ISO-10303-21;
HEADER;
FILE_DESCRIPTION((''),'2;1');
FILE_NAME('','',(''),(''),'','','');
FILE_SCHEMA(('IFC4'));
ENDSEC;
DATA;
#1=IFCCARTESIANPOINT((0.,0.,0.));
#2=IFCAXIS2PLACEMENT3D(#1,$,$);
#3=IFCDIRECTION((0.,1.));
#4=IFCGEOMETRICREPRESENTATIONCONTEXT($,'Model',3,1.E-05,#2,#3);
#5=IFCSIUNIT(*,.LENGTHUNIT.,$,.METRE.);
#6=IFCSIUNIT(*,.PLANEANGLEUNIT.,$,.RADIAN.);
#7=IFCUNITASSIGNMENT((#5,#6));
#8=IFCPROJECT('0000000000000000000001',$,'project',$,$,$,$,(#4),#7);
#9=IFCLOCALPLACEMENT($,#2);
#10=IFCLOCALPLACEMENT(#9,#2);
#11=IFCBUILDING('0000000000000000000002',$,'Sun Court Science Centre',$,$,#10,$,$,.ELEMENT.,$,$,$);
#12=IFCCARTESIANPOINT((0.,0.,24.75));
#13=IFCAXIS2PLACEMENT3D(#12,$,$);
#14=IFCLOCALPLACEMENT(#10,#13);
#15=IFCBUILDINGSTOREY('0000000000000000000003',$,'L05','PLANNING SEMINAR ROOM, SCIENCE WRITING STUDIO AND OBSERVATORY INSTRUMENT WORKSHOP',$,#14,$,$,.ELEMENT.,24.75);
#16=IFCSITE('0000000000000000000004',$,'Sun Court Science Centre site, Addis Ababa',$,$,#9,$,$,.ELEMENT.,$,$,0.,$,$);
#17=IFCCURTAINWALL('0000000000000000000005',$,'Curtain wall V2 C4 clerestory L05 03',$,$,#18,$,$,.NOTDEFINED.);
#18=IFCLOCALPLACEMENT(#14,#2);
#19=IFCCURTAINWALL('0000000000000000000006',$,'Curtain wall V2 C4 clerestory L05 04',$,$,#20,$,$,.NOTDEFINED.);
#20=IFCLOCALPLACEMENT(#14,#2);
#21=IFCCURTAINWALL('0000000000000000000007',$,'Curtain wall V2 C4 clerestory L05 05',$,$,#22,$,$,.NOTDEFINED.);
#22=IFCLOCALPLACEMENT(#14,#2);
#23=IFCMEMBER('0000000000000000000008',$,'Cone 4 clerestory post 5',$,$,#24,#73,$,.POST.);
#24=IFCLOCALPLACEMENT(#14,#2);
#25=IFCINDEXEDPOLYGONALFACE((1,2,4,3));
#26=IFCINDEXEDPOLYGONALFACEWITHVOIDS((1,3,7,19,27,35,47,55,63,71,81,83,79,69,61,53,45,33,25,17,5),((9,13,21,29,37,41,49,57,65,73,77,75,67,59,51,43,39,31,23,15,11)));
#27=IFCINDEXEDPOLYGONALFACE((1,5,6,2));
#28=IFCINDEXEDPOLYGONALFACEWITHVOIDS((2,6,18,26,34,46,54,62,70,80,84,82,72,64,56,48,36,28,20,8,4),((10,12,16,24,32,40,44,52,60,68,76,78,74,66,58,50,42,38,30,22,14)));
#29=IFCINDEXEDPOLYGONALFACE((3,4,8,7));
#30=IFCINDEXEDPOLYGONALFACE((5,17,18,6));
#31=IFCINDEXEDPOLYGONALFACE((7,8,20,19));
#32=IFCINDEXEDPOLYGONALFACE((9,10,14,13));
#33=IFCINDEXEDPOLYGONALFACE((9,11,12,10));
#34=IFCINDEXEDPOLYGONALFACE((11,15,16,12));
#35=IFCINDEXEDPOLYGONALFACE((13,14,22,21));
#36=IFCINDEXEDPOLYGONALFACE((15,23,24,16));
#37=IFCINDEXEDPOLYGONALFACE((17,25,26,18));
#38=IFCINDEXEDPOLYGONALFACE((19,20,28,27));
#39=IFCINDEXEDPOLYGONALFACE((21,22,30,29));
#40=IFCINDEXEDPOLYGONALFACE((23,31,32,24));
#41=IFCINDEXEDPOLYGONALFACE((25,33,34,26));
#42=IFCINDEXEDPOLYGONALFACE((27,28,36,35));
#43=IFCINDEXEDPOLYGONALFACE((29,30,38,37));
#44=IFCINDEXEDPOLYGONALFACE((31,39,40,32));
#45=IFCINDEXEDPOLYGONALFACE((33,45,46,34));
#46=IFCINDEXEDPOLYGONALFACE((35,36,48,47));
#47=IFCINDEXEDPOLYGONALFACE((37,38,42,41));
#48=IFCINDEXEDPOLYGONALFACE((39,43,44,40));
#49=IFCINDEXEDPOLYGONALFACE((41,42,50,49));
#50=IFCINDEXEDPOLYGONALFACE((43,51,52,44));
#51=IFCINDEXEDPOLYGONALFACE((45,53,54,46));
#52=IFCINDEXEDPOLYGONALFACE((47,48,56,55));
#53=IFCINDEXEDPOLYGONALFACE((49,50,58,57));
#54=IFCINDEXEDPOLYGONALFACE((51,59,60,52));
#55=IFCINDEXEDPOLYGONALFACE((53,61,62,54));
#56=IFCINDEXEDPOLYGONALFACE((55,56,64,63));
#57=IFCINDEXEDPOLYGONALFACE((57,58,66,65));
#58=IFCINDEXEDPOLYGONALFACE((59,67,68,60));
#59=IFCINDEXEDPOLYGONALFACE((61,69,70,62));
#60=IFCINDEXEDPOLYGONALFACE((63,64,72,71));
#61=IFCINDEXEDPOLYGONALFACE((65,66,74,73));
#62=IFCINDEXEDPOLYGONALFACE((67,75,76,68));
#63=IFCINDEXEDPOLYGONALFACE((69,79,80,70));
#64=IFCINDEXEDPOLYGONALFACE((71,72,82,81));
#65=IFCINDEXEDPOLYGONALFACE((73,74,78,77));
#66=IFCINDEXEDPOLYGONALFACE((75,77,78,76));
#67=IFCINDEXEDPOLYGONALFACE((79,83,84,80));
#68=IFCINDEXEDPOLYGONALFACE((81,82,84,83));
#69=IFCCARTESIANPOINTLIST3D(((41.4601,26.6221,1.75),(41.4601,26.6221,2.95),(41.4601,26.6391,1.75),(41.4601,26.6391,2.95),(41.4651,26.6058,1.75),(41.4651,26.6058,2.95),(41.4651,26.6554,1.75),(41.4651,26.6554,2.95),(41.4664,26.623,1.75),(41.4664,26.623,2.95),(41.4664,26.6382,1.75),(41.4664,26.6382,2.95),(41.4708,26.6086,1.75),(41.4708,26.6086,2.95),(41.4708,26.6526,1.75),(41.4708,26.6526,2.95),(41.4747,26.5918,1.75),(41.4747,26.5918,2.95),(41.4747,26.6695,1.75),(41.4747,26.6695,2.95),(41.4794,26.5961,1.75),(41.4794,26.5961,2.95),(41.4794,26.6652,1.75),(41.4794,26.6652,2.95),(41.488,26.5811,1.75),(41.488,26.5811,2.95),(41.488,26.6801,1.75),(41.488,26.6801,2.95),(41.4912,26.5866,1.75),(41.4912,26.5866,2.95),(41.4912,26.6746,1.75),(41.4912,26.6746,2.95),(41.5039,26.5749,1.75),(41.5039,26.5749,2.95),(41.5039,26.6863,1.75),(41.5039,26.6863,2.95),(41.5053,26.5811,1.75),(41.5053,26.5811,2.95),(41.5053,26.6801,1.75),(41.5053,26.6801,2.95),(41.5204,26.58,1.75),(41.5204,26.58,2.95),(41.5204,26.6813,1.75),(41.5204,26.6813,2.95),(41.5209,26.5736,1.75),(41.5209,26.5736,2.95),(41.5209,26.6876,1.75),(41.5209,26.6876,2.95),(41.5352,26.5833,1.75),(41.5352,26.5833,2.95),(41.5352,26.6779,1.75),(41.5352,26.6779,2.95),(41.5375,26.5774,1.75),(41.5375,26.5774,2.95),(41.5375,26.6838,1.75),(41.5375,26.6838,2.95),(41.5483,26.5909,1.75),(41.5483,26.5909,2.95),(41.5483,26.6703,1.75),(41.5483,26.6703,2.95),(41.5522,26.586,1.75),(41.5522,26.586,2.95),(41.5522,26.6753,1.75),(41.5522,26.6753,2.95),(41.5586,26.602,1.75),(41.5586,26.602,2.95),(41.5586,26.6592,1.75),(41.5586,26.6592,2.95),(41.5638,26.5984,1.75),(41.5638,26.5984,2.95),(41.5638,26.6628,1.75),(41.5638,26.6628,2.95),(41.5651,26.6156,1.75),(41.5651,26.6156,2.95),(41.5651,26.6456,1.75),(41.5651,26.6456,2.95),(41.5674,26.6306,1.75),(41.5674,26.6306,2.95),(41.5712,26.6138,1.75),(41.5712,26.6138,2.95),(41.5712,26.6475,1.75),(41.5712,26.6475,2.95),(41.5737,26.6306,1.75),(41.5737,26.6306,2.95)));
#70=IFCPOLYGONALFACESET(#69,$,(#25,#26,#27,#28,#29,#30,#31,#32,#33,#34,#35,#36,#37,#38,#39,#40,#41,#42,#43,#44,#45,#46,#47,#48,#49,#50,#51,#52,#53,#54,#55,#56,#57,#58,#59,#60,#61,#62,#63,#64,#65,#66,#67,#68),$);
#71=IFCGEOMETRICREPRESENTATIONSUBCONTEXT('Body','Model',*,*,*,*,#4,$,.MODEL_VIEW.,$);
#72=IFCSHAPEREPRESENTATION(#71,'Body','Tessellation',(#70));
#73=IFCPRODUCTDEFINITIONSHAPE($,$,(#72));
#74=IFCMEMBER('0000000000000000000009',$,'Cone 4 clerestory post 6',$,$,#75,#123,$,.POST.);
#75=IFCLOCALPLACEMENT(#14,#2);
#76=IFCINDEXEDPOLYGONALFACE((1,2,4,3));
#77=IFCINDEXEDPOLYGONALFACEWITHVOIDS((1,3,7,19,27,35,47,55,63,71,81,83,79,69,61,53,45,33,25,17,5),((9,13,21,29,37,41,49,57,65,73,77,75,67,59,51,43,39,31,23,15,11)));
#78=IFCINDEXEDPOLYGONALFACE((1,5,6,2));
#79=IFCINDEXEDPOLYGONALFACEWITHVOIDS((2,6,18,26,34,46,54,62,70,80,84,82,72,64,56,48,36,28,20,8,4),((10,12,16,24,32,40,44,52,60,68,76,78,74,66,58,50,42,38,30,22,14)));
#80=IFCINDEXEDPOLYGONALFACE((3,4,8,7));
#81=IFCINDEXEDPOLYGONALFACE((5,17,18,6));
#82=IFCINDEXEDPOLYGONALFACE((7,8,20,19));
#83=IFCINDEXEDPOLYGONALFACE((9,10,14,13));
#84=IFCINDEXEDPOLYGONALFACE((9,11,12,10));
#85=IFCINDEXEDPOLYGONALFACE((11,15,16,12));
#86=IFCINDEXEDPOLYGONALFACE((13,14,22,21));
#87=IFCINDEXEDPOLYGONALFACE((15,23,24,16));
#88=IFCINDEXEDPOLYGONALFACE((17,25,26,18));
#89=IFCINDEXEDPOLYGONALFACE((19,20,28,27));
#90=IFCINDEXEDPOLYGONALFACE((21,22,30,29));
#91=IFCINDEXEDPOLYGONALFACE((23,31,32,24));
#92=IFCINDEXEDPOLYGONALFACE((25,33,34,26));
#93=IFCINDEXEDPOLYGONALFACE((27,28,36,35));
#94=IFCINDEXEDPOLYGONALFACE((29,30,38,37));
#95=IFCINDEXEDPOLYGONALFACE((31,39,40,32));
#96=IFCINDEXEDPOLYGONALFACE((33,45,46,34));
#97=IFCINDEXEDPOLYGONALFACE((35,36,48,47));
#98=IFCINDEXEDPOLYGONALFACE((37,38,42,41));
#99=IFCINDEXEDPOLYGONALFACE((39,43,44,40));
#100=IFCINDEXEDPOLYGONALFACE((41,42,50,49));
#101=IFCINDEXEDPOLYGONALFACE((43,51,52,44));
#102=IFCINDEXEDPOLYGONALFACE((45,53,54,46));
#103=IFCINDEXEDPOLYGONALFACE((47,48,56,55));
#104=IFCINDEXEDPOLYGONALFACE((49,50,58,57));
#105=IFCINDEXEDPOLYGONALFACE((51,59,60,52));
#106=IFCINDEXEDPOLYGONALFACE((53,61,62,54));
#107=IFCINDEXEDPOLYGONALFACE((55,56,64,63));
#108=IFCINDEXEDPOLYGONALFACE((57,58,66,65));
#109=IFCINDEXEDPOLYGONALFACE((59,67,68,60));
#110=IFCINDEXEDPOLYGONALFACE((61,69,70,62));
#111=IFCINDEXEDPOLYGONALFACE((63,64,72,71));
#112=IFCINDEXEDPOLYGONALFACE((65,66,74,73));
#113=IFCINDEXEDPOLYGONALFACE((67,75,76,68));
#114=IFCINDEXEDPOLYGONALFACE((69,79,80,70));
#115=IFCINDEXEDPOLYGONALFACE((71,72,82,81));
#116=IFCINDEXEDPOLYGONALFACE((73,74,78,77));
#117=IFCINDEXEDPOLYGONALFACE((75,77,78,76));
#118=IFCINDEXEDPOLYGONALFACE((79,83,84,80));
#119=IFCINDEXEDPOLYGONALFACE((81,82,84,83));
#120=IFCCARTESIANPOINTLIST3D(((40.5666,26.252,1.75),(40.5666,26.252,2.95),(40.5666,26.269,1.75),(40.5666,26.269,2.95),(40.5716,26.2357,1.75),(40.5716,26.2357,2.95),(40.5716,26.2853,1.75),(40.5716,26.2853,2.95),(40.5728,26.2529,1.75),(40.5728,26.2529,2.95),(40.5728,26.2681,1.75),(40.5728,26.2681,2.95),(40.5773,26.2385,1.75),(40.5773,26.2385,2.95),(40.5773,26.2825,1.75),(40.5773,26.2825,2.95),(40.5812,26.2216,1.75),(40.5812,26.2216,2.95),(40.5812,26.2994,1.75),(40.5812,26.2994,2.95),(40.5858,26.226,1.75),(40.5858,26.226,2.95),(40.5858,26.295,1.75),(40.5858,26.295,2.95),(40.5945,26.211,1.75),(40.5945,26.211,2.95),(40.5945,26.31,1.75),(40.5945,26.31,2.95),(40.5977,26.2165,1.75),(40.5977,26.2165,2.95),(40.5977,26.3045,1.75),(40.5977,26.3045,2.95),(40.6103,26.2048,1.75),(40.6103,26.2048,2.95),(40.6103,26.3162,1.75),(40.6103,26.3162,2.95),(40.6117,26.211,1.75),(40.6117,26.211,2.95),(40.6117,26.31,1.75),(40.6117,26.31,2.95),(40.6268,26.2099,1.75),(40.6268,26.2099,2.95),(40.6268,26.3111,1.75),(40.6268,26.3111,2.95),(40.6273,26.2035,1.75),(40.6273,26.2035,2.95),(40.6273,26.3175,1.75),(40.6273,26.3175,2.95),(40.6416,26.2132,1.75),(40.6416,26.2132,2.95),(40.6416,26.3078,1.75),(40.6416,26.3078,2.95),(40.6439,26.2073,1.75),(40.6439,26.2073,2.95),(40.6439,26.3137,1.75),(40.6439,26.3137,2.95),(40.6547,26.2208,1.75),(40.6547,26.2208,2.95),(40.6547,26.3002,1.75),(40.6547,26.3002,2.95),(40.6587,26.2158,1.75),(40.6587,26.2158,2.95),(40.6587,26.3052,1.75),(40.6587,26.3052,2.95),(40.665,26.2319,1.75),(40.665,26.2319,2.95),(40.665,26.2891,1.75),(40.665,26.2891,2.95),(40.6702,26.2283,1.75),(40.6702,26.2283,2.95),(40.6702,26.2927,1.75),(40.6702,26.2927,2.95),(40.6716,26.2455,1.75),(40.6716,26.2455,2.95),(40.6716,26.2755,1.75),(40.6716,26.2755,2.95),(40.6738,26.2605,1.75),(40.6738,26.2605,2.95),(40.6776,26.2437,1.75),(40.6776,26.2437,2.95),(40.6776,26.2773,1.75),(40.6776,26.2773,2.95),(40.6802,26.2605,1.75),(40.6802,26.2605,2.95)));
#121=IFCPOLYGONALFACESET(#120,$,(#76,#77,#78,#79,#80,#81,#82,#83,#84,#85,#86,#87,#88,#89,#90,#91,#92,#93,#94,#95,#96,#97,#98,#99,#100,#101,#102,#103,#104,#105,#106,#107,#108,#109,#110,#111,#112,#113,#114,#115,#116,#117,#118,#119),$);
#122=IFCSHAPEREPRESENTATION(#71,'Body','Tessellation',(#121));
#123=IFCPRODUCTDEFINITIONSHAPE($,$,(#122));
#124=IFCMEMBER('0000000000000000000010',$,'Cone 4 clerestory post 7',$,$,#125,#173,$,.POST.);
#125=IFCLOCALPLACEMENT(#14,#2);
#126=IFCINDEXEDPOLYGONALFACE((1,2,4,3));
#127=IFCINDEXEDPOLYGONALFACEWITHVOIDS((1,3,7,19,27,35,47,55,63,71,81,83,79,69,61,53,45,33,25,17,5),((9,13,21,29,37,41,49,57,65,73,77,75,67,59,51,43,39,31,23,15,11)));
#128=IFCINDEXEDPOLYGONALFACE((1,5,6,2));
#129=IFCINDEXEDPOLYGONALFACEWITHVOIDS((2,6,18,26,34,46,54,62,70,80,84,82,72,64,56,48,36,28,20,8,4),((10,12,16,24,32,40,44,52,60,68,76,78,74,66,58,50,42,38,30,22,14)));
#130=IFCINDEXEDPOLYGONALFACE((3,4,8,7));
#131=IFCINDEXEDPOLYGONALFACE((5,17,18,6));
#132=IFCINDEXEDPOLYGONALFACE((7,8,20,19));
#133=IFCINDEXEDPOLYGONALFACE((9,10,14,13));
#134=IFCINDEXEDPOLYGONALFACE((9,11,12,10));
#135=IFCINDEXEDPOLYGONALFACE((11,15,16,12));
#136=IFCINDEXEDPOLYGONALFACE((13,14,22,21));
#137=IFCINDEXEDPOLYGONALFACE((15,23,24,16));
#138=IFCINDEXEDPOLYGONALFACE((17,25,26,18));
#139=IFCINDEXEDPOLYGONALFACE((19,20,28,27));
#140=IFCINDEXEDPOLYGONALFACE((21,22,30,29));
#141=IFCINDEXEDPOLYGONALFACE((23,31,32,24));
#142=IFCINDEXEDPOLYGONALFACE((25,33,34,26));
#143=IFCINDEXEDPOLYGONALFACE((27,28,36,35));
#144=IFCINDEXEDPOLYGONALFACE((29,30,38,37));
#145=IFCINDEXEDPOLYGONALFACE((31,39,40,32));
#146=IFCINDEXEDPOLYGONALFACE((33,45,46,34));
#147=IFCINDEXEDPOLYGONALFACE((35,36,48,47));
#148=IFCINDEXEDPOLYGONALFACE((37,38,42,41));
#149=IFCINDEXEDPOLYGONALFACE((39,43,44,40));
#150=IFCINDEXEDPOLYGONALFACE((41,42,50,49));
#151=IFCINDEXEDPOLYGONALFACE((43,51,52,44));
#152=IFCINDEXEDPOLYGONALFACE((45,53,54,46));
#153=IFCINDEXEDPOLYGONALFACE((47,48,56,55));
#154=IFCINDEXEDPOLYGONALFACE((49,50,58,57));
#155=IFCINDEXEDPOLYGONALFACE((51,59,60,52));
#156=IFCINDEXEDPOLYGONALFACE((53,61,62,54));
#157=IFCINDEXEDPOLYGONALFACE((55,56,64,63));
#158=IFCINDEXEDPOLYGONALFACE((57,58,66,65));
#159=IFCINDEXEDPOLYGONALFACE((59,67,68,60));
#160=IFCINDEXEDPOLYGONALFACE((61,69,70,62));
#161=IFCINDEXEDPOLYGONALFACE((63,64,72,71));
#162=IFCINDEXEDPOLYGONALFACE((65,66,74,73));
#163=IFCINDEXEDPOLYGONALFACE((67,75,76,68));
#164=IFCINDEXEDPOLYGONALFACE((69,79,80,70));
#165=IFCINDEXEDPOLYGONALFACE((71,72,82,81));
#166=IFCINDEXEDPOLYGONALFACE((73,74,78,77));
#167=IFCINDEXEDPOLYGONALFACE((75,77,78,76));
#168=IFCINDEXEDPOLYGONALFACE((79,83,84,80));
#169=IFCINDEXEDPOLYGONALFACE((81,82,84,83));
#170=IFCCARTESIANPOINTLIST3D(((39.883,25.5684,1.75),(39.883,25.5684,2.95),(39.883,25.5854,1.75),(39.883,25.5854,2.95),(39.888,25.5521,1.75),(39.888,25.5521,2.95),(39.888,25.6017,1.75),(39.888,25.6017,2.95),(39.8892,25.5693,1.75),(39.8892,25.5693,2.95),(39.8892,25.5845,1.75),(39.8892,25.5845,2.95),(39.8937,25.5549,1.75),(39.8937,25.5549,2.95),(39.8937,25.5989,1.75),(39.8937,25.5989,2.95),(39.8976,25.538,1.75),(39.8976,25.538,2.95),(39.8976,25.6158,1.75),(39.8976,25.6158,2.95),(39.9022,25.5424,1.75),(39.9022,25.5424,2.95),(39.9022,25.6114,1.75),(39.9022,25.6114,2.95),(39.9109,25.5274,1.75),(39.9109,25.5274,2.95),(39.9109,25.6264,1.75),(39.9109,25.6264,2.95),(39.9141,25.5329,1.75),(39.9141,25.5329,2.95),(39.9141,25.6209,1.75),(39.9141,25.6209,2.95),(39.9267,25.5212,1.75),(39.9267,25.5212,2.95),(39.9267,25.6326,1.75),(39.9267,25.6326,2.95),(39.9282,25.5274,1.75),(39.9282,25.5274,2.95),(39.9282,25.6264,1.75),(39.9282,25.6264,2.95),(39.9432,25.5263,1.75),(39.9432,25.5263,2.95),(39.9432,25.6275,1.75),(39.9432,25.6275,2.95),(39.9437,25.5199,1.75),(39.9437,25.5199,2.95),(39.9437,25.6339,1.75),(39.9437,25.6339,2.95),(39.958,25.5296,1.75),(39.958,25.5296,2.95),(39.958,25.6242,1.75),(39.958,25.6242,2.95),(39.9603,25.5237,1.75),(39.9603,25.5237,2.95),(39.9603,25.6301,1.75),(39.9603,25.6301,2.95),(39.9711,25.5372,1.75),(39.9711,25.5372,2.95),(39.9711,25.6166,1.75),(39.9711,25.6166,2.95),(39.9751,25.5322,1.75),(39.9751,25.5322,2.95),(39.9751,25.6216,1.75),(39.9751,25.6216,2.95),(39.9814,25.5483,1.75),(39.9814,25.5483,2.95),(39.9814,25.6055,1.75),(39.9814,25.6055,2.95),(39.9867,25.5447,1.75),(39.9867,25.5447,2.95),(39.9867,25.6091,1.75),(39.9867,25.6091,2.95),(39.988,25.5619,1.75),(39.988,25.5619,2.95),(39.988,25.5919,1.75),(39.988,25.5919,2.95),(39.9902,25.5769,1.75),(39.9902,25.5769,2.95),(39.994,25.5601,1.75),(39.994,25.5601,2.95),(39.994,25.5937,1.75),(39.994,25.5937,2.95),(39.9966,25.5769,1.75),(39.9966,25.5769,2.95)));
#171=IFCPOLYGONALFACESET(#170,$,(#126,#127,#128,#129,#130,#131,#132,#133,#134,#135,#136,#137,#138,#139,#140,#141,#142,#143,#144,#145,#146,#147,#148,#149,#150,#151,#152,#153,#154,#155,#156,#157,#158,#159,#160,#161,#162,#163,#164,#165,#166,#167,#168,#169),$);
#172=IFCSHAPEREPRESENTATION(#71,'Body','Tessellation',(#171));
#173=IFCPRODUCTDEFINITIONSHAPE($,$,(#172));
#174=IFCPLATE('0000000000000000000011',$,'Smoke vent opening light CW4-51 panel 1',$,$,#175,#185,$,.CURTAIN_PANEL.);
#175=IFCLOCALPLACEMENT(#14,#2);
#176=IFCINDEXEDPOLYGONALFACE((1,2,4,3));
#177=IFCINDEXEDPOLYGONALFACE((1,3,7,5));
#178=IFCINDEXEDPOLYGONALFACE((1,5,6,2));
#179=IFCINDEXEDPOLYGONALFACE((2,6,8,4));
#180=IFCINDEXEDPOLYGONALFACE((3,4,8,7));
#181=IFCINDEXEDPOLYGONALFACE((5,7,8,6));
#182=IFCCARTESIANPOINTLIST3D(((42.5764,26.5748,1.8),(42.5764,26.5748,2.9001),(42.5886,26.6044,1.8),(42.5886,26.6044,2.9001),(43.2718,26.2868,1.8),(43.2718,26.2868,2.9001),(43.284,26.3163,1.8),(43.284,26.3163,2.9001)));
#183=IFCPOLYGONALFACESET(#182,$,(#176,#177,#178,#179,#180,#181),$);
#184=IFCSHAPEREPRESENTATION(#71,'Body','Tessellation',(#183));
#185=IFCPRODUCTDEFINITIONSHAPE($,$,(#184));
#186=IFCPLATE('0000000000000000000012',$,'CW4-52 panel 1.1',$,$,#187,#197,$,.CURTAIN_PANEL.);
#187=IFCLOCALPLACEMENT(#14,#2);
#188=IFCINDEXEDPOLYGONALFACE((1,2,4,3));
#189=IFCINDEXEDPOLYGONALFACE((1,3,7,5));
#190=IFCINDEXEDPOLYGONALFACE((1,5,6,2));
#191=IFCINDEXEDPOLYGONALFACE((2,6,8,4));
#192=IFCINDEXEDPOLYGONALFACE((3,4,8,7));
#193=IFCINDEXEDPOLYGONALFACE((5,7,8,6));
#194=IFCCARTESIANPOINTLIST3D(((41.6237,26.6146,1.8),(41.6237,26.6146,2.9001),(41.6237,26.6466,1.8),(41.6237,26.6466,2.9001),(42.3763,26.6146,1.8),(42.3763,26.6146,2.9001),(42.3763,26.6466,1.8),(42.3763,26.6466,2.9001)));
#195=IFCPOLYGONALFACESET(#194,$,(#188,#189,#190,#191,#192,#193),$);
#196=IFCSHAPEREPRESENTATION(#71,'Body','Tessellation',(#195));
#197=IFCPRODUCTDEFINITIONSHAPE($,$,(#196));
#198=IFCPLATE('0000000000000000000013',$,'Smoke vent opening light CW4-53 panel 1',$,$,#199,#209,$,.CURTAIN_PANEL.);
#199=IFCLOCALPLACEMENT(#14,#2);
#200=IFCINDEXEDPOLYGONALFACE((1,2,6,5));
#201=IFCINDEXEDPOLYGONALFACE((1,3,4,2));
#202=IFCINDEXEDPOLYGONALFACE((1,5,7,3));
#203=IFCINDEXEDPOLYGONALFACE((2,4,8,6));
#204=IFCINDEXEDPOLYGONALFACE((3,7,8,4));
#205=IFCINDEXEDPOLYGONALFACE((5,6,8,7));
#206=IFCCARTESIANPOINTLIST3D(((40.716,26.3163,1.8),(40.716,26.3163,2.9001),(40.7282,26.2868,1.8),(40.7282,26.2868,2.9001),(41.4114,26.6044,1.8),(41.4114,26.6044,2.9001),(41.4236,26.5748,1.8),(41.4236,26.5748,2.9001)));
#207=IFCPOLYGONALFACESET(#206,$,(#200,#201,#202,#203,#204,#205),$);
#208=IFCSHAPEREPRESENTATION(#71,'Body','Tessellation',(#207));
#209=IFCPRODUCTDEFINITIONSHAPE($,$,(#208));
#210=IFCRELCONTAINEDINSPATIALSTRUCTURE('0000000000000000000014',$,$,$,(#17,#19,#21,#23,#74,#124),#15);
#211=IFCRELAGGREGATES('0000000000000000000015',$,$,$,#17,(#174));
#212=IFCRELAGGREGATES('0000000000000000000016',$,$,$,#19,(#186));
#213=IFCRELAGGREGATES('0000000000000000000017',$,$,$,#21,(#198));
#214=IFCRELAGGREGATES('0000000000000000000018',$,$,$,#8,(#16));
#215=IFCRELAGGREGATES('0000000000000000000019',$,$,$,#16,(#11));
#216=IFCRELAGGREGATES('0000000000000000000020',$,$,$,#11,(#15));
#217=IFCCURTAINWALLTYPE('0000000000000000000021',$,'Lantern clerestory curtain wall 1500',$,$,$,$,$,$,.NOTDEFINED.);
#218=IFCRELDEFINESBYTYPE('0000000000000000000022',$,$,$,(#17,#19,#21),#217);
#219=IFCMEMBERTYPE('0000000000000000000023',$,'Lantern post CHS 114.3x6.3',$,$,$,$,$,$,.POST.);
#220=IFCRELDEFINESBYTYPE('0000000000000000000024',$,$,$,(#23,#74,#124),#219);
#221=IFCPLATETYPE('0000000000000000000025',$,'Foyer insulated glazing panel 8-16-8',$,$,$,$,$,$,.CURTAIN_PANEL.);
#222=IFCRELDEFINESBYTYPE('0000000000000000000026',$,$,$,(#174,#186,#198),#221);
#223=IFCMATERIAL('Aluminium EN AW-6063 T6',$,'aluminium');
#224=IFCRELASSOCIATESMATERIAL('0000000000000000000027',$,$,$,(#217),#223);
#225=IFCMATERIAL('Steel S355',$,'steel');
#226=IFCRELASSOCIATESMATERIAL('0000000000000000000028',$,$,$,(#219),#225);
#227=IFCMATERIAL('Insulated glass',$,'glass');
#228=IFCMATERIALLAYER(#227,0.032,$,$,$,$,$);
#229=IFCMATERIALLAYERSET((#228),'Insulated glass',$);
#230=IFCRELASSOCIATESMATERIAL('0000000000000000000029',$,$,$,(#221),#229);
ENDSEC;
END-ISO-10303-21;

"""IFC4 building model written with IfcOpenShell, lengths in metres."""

from ifc_helpers import new_model, si_unit, direction, frame, origin, origin_2d, place, context, subcontext, project, spatial, rectangle, hollow_circle, extrude, material, layer, layer_set, material_profile, profile_set, type_object, element, aggregate, save


model = new_model("IFC4")

# Units and contexts
model_context = context("Model", 3, precision=1e-05, world=origin(), true_north=direction((0.0, 1.0)))
body_context = subcontext(model_context, "Body", "Model", "MODEL_VIEW")
ifc_project = project(units=[si_unit("LENGTHUNIT", "METRE"), si_unit("PLANEANGLEUNIT", "RADIAN")], contexts=[model_context])

# Site, building, storey
site_placement = place(None, origin())
site = spatial("IfcSite", under=ifc_project, at=site_placement, Name="Sun Court Science Centre site, Addis Ababa", CompositionType="ELEMENT", RefElevation=0.0)
building_placement = place(site_placement, origin())
building = spatial("IfcBuilding", under=site, at=building_placement, Name="Sun Court Science Centre", CompositionType="ELEMENT")
storey_placement = place(building_placement, frame((0.0, 0.0, 24.75)))
storey = spatial("IfcBuildingStorey", under=building, at=storey_placement, Name="L05", Description="PLANNING SEMINAR ROOM, SCIENCE WRITING STUDIO AND OBSERVATORY INSTRUMENT WORKSHOP", CompositionType="ELEMENT", Elevation=24.75)

# Curtain wall
ifc_material_1 = material(Name="Aluminium EN AW-6063 T6", Category="aluminium")
curtain_wall_type = type_object("IfcCurtainWallType", Name="Lantern clerestory curtain wall 1500", PredefinedType="NOTDEFINED", material=ifc_material_1)
curtain_wall_1_placement = place(storey_placement, origin())
curtain_wall_1 = element("IfcCurtainWall", 1, at=curtain_wall_1_placement, inside=storey, type_object=curtain_wall_type, Name="Curtain wall V2 C4 clerestory L05 03", PredefinedType="NOTDEFINED")

# Curtain walls
curtain_wall_2_placement = place(storey_placement, origin())
curtain_wall_2 = element("IfcCurtainWall", 2, at=curtain_wall_2_placement, inside=storey, type_object=curtain_wall_type, Name="Curtain wall V2 C4 clerestory L05 04", PredefinedType="NOTDEFINED")
curtain_wall_3_placement = place(storey_placement, origin())
curtain_wall_3 = element("IfcCurtainWall", 3, at=curtain_wall_3_placement, inside=storey, type_object=curtain_wall_type, Name="Curtain wall V2 C4 clerestory L05 05", PredefinedType="NOTDEFINED")

# Members
ifc_material_2 = material(Name="Steel S355", Category="steel")
ifc_material_profile_1 = material_profile(ifc_material_2, hollow_circle(Radius=0.0571, WallThickness=0.0063, at=origin_2d()), Name="CHS 114.3x6.3")
ifc_profile_set_1 = profile_set([ifc_material_profile_1], Name="Steel S355")
member_type_1 = type_object("IfcMemberType", Name="Lantern post CHS 114.3x6.3", PredefinedType="POST", material=ifc_profile_set_1)
for number, where, z_axis, x_axis, name in (
    (4, (41.5166, 26.6306, 1.75), (0.0, 0.0, 1.0), (1.0, 0.0, 0.0), "Cone 4 clerestory post 5"),
    (5, (40.623, 26.2605, 1.75), (0.0, 0.0, 1.0), (1.0, 0.0, 0.0), "Cone 4 clerestory post 6"),
    (6, (39.9395, 25.5769, 1.75), (0.0, 0.0, 1.0), (1.0, 0.0, 0.0), "Cone 4 clerestory post 7"),
):
    element("IfcMember", number, at=place(storey_placement, frame(where, z_axis=z_axis, x_axis=x_axis)), inside=storey, type_object=member_type_1, Name=name, PredefinedType="POST", context=body_context, shape_type="SweptSolid", body=[
        extrude(hollow_circle(Radius=0.0571, WallThickness=0.0063, at=origin_2d()), origin(), (0.0, 0.0, 1.0), 1.2),
    ])

# Plates
ifc_material_3 = material(Name="Insulated glass", Category="glass")
ifc_layer_1 = layer(ifc_material_3, 0.032)
ifc_layer_set_1 = layer_set([ifc_layer_1], Name="Insulated glass")
plate_type = type_object("IfcPlateType", Name="Foyer insulated glazing panel 8-16-8", PredefinedType="CURTAIN_PANEL", material=ifc_layer_set_1)
plate_1_placement = place(storey_placement, frame((42.9302, 26.4456, 1.8), z_axis=(0.0, 0.0, 1.0), x_axis=(0.92388, -0.382683, 0.0)))
plate_1 = element("IfcPlate", 7, at=plate_1_placement, type_object=plate_type, Name="Smoke vent opening light CW4-51 panel 1", PredefinedType="CURTAIN_PANEL", context=body_context, shape_type="SweptSolid", body=[
    extrude(rectangle(XDim=0.7527, YDim=0.032, at=origin_2d()), origin(), (0.0, 0.0, 1.0), 1.1001),
])
aggregate(curtain_wall_1, [plate_1])
plate_2_placement = place(storey_placement, frame((42.0, 26.6306, 1.8), z_axis=(0.0, 0.0, 1.0), x_axis=(1.0, 0.0, 0.0)))
plate_2 = element("IfcPlate", 8, at=plate_2_placement, type_object=plate_type, Name="CW4-52 panel 1.1", PredefinedType="CURTAIN_PANEL", context=body_context, shape_type="SweptSolid", body=[
    extrude(rectangle(XDim=0.7527, YDim=0.032, at=origin_2d()), origin(), (0.0, 0.0, 1.0), 1.1001),
])
aggregate(curtain_wall_2, [plate_2])
plate_3_placement = place(storey_placement, frame((41.0698, 26.4456, 1.8), z_axis=(0.0, 0.0, 1.0), x_axis=(0.92388, 0.382683, 0.0)))
plate_3 = element("IfcPlate", 9, at=plate_3_placement, type_object=plate_type, Name="Smoke vent opening light CW4-53 panel 1", PredefinedType="CURTAIN_PANEL", context=body_context, shape_type="SweptSolid", body=[
    extrude(rectangle(XDim=0.7527, YDim=0.032, at=origin_2d()), origin(), (0.0, 0.0, 1.0), 1.1001),
])
aggregate(curtain_wall_3, [plate_3])

save(model, "model.ifc")
